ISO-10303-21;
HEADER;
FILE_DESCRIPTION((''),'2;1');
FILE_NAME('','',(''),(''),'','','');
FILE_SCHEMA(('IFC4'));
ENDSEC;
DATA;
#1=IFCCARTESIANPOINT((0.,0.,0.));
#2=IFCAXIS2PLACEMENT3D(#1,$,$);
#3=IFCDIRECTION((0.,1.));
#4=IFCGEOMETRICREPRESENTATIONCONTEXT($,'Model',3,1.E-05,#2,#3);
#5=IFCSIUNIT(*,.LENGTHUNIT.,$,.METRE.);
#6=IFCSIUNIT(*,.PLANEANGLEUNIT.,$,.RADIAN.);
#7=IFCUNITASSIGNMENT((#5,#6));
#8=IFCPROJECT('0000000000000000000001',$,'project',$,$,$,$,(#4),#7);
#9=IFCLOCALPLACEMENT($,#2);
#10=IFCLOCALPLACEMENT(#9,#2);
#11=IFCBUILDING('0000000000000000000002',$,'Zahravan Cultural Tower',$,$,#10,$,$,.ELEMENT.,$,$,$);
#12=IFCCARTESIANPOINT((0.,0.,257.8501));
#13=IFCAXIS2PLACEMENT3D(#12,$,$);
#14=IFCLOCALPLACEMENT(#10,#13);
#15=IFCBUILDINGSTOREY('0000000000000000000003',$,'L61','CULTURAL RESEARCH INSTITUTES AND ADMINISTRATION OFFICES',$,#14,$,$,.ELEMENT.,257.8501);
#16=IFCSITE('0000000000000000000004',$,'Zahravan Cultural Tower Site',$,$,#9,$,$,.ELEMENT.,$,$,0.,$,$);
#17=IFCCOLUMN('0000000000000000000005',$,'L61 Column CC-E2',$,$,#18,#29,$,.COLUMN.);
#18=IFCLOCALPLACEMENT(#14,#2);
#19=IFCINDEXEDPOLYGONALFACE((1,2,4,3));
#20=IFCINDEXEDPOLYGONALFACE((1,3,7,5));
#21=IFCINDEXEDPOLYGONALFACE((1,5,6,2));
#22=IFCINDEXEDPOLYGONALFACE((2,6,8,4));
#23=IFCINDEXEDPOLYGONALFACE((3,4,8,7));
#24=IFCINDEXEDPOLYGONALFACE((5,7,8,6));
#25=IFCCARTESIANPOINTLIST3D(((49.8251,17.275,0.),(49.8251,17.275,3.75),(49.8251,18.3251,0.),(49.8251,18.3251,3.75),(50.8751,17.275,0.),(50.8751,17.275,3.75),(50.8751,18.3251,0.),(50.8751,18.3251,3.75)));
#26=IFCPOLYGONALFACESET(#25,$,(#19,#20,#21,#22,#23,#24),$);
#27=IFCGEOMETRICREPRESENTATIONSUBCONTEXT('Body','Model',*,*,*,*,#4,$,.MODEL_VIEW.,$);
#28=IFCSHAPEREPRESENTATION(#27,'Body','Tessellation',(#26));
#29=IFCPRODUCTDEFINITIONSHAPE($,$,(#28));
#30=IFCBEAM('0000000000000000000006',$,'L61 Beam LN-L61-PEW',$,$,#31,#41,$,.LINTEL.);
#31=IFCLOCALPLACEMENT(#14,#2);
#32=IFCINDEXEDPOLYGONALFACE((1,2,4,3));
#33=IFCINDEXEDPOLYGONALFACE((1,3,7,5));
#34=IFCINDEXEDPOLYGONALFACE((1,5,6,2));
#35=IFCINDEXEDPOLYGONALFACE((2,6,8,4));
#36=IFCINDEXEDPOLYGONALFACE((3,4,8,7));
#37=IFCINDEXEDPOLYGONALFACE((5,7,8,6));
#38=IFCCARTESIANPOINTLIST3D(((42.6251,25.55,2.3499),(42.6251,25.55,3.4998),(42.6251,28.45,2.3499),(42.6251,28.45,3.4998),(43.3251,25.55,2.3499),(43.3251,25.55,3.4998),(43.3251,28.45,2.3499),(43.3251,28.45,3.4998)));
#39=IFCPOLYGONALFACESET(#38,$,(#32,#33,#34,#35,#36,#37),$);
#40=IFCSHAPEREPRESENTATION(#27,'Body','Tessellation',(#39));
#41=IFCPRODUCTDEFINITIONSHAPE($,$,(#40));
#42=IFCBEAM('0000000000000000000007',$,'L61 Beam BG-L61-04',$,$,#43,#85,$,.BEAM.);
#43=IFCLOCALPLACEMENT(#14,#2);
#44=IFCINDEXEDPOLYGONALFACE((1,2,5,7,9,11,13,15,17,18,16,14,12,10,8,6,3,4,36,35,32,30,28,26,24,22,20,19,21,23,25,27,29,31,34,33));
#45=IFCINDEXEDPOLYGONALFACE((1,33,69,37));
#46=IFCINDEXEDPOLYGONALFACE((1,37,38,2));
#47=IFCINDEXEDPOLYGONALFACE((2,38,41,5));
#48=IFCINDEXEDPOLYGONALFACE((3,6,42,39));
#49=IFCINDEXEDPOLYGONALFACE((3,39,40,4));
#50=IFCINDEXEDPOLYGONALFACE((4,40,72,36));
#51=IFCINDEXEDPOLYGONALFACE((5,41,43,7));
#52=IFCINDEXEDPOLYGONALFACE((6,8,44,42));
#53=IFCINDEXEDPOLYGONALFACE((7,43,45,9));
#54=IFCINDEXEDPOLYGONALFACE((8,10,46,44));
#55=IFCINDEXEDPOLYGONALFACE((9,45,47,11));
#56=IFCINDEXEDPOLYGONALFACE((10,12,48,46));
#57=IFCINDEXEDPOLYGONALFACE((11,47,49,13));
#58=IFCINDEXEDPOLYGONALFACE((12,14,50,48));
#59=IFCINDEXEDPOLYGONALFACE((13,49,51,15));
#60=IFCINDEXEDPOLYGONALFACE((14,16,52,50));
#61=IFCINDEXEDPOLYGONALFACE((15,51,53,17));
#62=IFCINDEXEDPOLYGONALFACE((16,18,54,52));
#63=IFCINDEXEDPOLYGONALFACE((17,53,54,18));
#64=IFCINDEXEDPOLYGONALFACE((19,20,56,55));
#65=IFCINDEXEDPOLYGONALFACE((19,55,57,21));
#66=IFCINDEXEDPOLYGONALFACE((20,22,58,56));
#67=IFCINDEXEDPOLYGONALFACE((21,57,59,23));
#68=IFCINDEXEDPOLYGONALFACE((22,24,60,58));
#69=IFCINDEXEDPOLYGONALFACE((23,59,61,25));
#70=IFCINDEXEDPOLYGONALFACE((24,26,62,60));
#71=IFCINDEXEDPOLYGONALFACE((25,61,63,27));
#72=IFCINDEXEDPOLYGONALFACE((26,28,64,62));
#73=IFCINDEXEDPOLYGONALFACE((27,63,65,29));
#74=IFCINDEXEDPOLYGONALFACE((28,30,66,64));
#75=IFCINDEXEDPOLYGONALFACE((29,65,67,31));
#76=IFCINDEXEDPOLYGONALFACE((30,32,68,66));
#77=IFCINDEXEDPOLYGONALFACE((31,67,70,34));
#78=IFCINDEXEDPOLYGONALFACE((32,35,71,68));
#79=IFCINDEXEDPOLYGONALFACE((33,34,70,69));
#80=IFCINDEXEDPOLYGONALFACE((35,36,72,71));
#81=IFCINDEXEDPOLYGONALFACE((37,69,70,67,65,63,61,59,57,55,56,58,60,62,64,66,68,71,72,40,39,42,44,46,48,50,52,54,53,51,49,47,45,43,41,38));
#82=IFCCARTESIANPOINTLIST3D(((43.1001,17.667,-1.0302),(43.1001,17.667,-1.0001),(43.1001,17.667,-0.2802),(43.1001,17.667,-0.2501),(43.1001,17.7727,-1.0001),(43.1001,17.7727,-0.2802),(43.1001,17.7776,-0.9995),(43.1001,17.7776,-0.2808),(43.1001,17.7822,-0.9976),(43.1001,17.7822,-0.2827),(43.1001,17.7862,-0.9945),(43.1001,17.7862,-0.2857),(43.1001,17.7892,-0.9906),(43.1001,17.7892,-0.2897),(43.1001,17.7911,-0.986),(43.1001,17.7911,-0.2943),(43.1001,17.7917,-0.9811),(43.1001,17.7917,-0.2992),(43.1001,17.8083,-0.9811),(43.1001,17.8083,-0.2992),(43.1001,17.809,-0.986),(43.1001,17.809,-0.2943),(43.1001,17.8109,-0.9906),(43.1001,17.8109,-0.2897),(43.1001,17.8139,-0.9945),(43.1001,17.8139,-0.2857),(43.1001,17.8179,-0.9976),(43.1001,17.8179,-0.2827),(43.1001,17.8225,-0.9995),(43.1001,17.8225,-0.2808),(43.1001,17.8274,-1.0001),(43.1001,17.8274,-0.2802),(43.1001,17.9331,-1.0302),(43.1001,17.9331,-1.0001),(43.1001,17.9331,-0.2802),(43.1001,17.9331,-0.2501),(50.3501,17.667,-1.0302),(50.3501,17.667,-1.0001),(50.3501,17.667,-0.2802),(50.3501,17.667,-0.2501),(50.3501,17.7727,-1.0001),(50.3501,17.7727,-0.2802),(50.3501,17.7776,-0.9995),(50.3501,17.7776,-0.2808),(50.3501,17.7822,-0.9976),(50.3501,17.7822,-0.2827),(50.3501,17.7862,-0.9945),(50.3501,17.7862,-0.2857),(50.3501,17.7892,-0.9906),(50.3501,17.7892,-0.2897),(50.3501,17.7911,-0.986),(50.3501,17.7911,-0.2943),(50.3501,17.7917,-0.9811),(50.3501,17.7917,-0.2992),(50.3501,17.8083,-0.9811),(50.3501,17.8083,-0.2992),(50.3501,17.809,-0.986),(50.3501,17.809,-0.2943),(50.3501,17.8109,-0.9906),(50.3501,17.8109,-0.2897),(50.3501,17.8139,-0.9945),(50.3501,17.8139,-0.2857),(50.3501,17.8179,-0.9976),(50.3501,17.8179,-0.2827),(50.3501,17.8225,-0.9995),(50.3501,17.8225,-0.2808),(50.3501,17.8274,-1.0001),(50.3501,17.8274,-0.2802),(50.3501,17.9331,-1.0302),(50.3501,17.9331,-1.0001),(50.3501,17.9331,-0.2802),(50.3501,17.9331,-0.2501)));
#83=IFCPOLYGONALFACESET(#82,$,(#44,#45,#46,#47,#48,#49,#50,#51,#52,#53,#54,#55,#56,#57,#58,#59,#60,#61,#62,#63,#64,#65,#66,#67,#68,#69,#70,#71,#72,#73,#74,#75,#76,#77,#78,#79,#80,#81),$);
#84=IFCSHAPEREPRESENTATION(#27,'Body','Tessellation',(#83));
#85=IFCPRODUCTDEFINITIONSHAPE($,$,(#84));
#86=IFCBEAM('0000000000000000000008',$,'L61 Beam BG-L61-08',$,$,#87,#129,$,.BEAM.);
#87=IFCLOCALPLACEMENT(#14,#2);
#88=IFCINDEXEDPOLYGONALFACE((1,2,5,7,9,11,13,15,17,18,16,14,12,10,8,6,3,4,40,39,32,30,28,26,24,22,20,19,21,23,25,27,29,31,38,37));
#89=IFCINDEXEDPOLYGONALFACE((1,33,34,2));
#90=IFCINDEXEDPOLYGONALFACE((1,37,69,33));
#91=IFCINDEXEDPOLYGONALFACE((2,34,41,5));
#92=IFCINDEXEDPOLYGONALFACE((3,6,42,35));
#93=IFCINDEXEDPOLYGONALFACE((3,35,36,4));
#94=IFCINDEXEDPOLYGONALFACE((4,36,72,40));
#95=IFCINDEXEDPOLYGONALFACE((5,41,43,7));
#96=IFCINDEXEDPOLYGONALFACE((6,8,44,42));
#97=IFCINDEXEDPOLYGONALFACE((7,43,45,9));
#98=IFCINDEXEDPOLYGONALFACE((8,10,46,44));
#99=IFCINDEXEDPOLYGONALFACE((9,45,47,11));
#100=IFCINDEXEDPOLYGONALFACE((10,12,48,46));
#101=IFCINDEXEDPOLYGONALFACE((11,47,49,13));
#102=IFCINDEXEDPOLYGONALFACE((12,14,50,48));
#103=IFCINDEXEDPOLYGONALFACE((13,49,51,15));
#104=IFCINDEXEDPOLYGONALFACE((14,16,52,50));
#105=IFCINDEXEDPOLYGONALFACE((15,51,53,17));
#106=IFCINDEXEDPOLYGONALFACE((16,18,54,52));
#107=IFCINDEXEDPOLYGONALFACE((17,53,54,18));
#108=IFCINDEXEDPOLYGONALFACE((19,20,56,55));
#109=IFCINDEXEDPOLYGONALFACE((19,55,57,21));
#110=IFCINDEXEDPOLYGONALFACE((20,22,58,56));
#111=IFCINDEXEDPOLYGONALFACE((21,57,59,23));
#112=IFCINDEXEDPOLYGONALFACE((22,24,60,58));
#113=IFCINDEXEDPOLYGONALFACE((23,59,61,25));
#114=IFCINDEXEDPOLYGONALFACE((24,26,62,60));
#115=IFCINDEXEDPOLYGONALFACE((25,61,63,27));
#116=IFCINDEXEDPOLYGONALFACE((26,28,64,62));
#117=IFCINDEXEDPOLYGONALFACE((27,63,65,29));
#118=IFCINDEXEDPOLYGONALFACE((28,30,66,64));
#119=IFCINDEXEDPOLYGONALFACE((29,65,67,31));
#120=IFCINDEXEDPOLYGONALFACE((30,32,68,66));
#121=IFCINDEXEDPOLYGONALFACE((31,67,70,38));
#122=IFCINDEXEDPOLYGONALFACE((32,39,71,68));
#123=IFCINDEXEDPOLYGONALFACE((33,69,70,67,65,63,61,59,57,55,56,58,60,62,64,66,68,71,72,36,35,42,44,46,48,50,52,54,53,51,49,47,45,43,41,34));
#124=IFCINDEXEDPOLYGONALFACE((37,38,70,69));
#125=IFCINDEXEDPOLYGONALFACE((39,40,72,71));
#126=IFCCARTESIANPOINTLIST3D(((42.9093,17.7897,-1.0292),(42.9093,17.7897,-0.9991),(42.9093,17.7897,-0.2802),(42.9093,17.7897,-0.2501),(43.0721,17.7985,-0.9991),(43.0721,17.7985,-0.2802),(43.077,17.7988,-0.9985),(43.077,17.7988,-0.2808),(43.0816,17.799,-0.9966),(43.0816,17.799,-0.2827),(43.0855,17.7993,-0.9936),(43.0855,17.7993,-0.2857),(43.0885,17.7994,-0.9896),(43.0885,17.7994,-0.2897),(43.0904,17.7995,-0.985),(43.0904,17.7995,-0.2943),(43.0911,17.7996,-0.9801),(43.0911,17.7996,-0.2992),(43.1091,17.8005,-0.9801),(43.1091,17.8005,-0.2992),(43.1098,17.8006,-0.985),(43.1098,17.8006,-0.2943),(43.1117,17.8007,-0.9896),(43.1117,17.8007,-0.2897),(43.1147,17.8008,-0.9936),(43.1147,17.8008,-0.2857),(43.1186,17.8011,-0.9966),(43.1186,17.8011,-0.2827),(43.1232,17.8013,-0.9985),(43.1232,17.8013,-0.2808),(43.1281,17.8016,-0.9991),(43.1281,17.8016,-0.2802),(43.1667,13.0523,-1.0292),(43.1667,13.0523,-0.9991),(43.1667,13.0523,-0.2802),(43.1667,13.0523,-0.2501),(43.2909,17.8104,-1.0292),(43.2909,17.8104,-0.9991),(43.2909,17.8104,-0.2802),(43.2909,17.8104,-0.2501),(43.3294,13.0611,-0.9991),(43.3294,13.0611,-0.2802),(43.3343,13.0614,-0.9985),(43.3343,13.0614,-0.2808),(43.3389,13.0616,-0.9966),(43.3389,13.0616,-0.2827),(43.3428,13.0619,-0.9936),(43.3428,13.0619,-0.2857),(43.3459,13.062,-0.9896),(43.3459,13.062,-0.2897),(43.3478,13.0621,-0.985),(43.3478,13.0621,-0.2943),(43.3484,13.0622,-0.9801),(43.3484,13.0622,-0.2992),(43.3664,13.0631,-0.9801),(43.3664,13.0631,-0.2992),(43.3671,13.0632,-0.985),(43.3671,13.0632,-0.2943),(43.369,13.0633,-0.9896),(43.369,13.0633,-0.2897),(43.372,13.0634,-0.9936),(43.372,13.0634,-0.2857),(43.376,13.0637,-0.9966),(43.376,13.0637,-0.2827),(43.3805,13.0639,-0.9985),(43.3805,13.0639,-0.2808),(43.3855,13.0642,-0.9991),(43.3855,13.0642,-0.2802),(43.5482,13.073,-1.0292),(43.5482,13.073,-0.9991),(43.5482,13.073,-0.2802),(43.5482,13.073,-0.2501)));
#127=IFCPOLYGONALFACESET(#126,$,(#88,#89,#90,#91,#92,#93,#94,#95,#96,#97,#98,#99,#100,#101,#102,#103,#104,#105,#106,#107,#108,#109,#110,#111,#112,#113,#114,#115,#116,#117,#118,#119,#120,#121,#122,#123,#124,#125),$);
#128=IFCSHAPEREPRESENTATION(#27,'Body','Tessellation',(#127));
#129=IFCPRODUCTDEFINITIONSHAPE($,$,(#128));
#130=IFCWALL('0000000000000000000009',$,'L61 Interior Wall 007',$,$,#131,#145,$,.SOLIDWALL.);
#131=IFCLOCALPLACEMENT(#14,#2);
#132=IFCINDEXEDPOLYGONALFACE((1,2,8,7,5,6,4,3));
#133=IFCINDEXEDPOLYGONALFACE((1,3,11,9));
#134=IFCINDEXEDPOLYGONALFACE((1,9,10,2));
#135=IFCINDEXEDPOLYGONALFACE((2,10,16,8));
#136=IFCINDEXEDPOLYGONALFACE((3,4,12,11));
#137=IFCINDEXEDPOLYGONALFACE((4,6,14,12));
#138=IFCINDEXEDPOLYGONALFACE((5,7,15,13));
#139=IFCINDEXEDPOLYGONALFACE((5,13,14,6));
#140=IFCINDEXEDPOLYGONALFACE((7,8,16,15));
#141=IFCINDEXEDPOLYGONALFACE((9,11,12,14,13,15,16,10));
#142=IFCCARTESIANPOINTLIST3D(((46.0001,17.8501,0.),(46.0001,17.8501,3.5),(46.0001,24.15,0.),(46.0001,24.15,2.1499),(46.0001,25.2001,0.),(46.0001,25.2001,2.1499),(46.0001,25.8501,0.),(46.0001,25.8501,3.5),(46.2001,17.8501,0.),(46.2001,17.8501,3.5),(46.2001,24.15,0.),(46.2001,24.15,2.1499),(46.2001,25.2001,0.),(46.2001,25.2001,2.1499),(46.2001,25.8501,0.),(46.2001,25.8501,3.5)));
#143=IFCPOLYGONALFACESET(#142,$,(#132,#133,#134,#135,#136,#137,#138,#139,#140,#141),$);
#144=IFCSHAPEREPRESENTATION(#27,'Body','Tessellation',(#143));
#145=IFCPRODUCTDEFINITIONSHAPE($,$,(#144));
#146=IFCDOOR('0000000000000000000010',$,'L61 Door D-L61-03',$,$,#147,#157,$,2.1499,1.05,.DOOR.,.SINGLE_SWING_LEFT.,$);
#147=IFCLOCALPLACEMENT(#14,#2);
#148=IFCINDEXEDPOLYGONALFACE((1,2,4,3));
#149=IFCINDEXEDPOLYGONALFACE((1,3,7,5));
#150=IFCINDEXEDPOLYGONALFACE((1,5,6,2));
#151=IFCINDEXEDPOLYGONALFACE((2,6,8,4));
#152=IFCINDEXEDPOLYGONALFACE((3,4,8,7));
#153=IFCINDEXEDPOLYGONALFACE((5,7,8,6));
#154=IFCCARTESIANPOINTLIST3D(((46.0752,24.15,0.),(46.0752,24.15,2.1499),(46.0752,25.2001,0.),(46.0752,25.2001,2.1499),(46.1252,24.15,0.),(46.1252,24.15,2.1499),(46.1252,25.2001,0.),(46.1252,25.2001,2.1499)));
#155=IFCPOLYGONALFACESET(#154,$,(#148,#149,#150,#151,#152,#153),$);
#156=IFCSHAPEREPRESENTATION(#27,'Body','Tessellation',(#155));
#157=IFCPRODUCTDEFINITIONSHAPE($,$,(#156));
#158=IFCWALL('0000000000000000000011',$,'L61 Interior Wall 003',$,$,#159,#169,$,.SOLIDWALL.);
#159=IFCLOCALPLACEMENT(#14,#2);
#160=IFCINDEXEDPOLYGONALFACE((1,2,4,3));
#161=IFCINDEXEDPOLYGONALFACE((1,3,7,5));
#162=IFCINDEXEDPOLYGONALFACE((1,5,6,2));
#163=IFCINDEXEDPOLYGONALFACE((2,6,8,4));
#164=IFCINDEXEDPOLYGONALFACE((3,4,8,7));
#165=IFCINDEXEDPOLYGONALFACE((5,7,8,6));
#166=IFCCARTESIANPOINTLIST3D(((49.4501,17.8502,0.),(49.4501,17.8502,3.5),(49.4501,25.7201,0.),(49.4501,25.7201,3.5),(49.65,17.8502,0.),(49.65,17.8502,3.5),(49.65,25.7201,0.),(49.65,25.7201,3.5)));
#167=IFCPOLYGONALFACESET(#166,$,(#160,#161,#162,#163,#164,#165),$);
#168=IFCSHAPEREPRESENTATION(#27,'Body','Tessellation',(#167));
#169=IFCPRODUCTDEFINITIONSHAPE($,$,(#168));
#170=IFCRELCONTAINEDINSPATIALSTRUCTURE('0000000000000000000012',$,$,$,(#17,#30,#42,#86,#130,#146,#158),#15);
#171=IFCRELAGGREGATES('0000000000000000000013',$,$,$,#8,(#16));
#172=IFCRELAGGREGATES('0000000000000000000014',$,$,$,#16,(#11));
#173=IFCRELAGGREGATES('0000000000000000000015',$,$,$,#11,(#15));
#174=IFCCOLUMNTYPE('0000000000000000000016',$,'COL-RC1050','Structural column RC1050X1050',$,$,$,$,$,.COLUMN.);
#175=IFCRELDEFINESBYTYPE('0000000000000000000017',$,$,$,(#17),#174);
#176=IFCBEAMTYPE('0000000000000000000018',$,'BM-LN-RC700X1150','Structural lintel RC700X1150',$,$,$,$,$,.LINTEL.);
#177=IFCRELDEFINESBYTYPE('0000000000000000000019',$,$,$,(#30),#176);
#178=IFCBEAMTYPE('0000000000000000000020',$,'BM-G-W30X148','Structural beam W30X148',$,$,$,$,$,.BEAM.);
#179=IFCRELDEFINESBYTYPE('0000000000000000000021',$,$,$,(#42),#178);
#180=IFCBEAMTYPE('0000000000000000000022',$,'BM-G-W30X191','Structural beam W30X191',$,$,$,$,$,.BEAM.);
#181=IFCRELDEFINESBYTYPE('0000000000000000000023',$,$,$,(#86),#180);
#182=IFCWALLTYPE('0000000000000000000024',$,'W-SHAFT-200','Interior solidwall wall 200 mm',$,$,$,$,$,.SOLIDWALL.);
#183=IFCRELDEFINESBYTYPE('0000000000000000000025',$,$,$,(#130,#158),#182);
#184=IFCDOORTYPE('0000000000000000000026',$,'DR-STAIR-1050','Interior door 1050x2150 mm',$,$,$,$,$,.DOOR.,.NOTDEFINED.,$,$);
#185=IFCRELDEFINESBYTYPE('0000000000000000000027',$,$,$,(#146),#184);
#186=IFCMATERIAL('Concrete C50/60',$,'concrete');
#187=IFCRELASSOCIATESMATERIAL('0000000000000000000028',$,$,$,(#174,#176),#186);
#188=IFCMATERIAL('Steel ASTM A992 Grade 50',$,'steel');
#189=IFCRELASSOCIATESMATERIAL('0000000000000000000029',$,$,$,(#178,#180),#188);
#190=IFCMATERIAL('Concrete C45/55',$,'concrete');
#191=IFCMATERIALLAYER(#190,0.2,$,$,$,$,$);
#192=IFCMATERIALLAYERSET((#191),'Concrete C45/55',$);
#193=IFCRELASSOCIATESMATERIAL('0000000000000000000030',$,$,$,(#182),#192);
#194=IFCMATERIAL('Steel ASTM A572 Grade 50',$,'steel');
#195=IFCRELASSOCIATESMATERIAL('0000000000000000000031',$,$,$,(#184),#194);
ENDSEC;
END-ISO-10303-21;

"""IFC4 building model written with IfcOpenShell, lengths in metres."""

from ifc_helpers import new_model, si_unit, direction, frame, frame_2d, origin, origin_2d, place, context, subcontext, project, spatial, rectangle, i_section, extrude, source, transform, mapped, material, layer, layer_set, material_profile, profile_set, type_object, element, fill, save


model = new_model("IFC4")

# Units and contexts
model_context = context("Model", 3, precision=1e-05, world=origin(), true_north=direction((0.0, 1.0)))
body_context = subcontext(model_context, "Body", "Model", "MODEL_VIEW")
ifc_project = project(units=[si_unit("LENGTHUNIT", "METRE"), si_unit("PLANEANGLEUNIT", "RADIAN")], contexts=[model_context])

# Site, building, storey
site_placement = place(None, origin())
site = spatial("IfcSite", under=ifc_project, at=site_placement, Name="Zahravan Cultural Tower Site", CompositionType="ELEMENT", RefElevation=0.0)
building_placement = place(site_placement, origin())
building = spatial("IfcBuilding", under=site, at=building_placement, Name="Zahravan Cultural Tower", CompositionType="ELEMENT")
storey_placement = place(building_placement, frame((0.0, 0.0, 257.8501)))
storey = spatial("IfcBuildingStorey", under=building, at=storey_placement, Name="L61", Description="CULTURAL RESEARCH INSTITUTES AND ADMINISTRATION OFFICES", CompositionType="ELEMENT", Elevation=257.8501)

# Column
ifc_material_1 = material(Name="Concrete C50/60", Category="concrete")
ifc_material_profile_1 = material_profile(ifc_material_1, rectangle(XDim=1.05, YDim=1.05, at=origin_2d()), Name="RC1050X1050")
ifc_profile_set_1 = profile_set([ifc_material_profile_1], Name="Concrete C50/60")
column_type = type_object("IfcColumnType", Name="COL-RC1050", Description="Structural column RC1050X1050", PredefinedType="COLUMN", material=ifc_profile_set_1)
shared_shape_1 = source(origin(), body_context, "Body", "SweptSolid", [
    extrude(rectangle(XDim=1.05, YDim=1.05, at=origin_2d()), origin(), (0.0, 0.0, 1.0), 3.75),
])
column_placement = place(storey_placement, frame((50.3501, 17.8, 0.0), z_axis=(0.0, 0.0, 1.0), x_axis=(1.0, 0.0, 0.0)))
element("IfcColumn", 1, at=column_placement, inside=storey, type_object=column_type, Name="L61 Column CC-E2", PredefinedType="COLUMN", context=body_context, shape_type="MappedRepresentation", body=[
    mapped(shared_shape_1, transform((0.0, 0.0, 0.0), x_axis=(1.0, 0.0, 0.0), y_axis=(0.0, 1.0, 0.0), z_axis=(0.0, 0.0, 1.0), scale=1.0)),
])

# Beams
ifc_material_profile_2 = material_profile(ifc_material_1, rectangle(XDim=0.7, YDim=1.1499, at=origin_2d()), Name="RC700X1150")
ifc_profile_set_2 = profile_set([ifc_material_profile_2], Name="Concrete C50/60")
beam_type_1 = type_object("IfcBeamType", Name="BM-LN-RC700X1150", Description="Structural lintel RC700X1150", PredefinedType="LINTEL", material=ifc_profile_set_2)
shared_shape_2 = source(origin(), body_context, "Body", "SweptSolid", [
    extrude(rectangle(XDim=0.7, YDim=1.1499, at=origin_2d()), origin(), (0.0, 0.0, 1.0), 2.8999),
])
beam_1_placement = place(storey_placement, frame((42.9751, 25.55, 2.9248), z_axis=(0.0, 1.0, 0.0), x_axis=(-1.0, 0.0, 0.0)))
element("IfcBeam", 2, at=beam_1_placement, inside=storey, type_object=beam_type_1, Name="L61 Beam LN-L61-PEW", PredefinedType="LINTEL", context=body_context, shape_type="MappedRepresentation", body=[
    mapped(shared_shape_2, transform((0.0, 0.0, 0.0), x_axis=(1.0, 0.0, 0.0), y_axis=(0.0, 1.0, 0.0), z_axis=(0.0, 0.0, 1.0), scale=1.0)),
])
ifc_material_2 = material(Name="Steel ASTM A992 Grade 50", Category="steel")
ifc_material_profile_3 = material_profile(ifc_material_2, i_section(OverallWidth=0.2661, OverallDepth=0.78, WebThickness=0.0166, FlangeThickness=0.03, FilletRadius=0.019, at=origin_2d()), Name="W30X148")
ifc_profile_set_3 = profile_set([ifc_material_profile_3], Name="Steel ASTM A992 Grade 50")
beam_type_2 = type_object("IfcBeamType", Name="BM-G-W30X148", Description="Structural beam W30X148", PredefinedType="BEAM", material=ifc_profile_set_3)
shared_shape_3 = source(origin(), body_context, "Body", "SweptSolid", [
    extrude(i_section(OverallWidth=0.2661, OverallDepth=0.78, WebThickness=0.0166, FlangeThickness=0.03, FilletRadius=0.019, at=origin_2d()), origin(), (0.0, 0.0, 1.0), 7.25),
])
beam_2_placement = place(storey_placement, frame((43.1001, 17.8, -0.6401), z_axis=(1.0, 0.0, 0.0), x_axis=(0.0, 1.0, 0.0)))
element("IfcBeam", 3, at=beam_2_placement, inside=storey, type_object=beam_type_2, Name="L61 Beam BG-L61-04", PredefinedType="BEAM", context=body_context, shape_type="MappedRepresentation", body=[
    mapped(shared_shape_3, transform((0.0, 0.0, 0.0), x_axis=(1.0, 0.0, 0.0), y_axis=(0.0, 1.0, 0.0), z_axis=(0.0, 0.0, 1.0), scale=1.0)),
])
ifc_material_profile_4 = material_profile(ifc_material_2, i_section(OverallWidth=0.3821, OverallDepth=0.7791, WebThickness=0.0181, FlangeThickness=0.03, FilletRadius=0.019, at=origin_2d()), Name="W30X191")
ifc_profile_set_4 = profile_set([ifc_material_profile_4], Name="Steel ASTM A992 Grade 50")
beam_type_3 = type_object("IfcBeamType", Name="BM-G-W30X191", Description="Structural beam W30X191", PredefinedType="BEAM", material=ifc_profile_set_4)
shared_shape_4 = source(origin(), body_context, "Body", "SweptSolid", [
    extrude(i_section(OverallWidth=0.3821, OverallDepth=0.7791, WebThickness=0.0181, FlangeThickness=0.03, FilletRadius=0.019, at=origin_2d()), origin(), (0.0, 0.0, 1.0), 4.7444),
])
beam_3_placement = place(storey_placement, frame((43.1001, 17.8, -0.6396), z_axis=(0.054239, -0.998528, 0.0), x_axis=(0.998528, 0.054239, 0.0)))
element("IfcBeam", 4, at=beam_3_placement, inside=storey, type_object=beam_type_3, Name="L61 Beam BG-L61-08", PredefinedType="BEAM", context=body_context, shape_type="MappedRepresentation", body=[
    mapped(shared_shape_4, transform((0.0, 0.0, 0.0), x_axis=(1.0, 0.0, 0.0), y_axis=(0.0, 1.0, 0.0), z_axis=(0.0, 0.0, 1.0), scale=1.0)),
])

# Wall, opening, door
ifc_material_3 = material(Name="Concrete C45/55", Category="concrete")
ifc_layer_1 = layer(ifc_material_3, 0.2)
ifc_layer_set_1 = layer_set([ifc_layer_1], Name="Concrete C45/55")
wall_type_1 = type_object("IfcWallType", Name="W-SHAFT-200", Description="Interior solidwall wall 200 mm", PredefinedType="SOLIDWALL", material=ifc_layer_set_1)
wall_1_placement = place(storey_placement, frame((46.1001, 17.8501, 0.0), z_axis=(0.0, 0.0, 1.0), x_axis=(0.0, 1.0, 0.0)))
wall_1 = element("IfcWall", 5, at=wall_1_placement, inside=storey, type_object=wall_type_1, Name="L61 Interior Wall 007", PredefinedType="SOLIDWALL", context=body_context, shape_type="SweptSolid", body=[
    extrude(rectangle(XDim=8.0, YDim=0.2, at=frame_2d((4.0, 0.0))), origin(), (0.0, 0.0, 1.0), 3.5),
])
opening_placement = place(wall_1_placement, frame((6.3, 0.0, 0.0)))
opening = element("IfcOpeningElement", 6, at=opening_placement, cuts=wall_1, PredefinedType="OPENING", context=body_context, shape_type="SweptSolid", body=[
    extrude(rectangle(XDim=1.05, YDim=2.1499, at=frame_2d((0.5249, 1.075))), frame((0.0, 0.1099, 0.0), z_axis=(0.0, -1.0, 0.0), x_axis=(1.0, 0.0, 0.0)), (0.0, 0.0, 1.0), 0.22),
])
ifc_material_4 = material(Name="Steel ASTM A572 Grade 50", Category="steel")
door_type = type_object("IfcDoorType", Name="DR-STAIR-1050", Description="Interior door 1050x2150 mm", OperationType="NOTDEFINED", PredefinedType="DOOR", material=ifc_material_4)
shared_shape_5 = source(origin(), body_context, "Body", "SweptSolid", [
    extrude(rectangle(XDim=1.05, YDim=2.1499, at=frame_2d((0.5249, 1.075))), frame((0.0, 0.0249, 0.0), z_axis=(0.0, -1.0, 0.0), x_axis=(1.0, 0.0, 0.0)), (0.0, 0.0, 1.0), 0.05),
])
door_placement = place(opening_placement, origin())
door = element("IfcDoor", 7, at=door_placement, inside=storey, type_object=door_type, Name="L61 Door D-L61-03", OperationType="SINGLE_SWING_LEFT", OverallHeight=2.1499, OverallWidth=1.05, PredefinedType="DOOR", context=body_context, shape_type="MappedRepresentation", body=[
    mapped(shared_shape_5, transform((0.0, 0.0, 0.0), x_axis=(1.0, 0.0, 0.0), y_axis=(0.0, 1.0, 0.0), z_axis=(0.0, 0.0, 1.0), scale=1.0)),
])
fill(opening, door)

# Wall
shared_shape_6 = source(origin(), body_context, "Body", "SweptSolid", [
    extrude(rectangle(XDim=7.8699, YDim=0.2, at=frame_2d((3.9351, 0.0))), origin(), (0.0, 0.0, 1.0), 3.5),
])
wall_2_placement = place(storey_placement, frame((49.55, 17.8501, 0.0), z_axis=(0.0, 0.0, 1.0), x_axis=(0.0, 1.0, 0.0)))
element("IfcWall", 8, at=wall_2_placement, inside=storey, type_object=wall_type_1, Name="L61 Interior Wall 003", PredefinedType="SOLIDWALL", context=body_context, shape_type="MappedRepresentation", body=[
    mapped(shared_shape_6, transform((0.0, 0.0, 0.0), x_axis=(1.0, 0.0, 0.0), y_axis=(0.0, 1.0, 0.0), z_axis=(0.0, 0.0, 1.0), scale=1.0)),
])

save(model, "model.ifc")
